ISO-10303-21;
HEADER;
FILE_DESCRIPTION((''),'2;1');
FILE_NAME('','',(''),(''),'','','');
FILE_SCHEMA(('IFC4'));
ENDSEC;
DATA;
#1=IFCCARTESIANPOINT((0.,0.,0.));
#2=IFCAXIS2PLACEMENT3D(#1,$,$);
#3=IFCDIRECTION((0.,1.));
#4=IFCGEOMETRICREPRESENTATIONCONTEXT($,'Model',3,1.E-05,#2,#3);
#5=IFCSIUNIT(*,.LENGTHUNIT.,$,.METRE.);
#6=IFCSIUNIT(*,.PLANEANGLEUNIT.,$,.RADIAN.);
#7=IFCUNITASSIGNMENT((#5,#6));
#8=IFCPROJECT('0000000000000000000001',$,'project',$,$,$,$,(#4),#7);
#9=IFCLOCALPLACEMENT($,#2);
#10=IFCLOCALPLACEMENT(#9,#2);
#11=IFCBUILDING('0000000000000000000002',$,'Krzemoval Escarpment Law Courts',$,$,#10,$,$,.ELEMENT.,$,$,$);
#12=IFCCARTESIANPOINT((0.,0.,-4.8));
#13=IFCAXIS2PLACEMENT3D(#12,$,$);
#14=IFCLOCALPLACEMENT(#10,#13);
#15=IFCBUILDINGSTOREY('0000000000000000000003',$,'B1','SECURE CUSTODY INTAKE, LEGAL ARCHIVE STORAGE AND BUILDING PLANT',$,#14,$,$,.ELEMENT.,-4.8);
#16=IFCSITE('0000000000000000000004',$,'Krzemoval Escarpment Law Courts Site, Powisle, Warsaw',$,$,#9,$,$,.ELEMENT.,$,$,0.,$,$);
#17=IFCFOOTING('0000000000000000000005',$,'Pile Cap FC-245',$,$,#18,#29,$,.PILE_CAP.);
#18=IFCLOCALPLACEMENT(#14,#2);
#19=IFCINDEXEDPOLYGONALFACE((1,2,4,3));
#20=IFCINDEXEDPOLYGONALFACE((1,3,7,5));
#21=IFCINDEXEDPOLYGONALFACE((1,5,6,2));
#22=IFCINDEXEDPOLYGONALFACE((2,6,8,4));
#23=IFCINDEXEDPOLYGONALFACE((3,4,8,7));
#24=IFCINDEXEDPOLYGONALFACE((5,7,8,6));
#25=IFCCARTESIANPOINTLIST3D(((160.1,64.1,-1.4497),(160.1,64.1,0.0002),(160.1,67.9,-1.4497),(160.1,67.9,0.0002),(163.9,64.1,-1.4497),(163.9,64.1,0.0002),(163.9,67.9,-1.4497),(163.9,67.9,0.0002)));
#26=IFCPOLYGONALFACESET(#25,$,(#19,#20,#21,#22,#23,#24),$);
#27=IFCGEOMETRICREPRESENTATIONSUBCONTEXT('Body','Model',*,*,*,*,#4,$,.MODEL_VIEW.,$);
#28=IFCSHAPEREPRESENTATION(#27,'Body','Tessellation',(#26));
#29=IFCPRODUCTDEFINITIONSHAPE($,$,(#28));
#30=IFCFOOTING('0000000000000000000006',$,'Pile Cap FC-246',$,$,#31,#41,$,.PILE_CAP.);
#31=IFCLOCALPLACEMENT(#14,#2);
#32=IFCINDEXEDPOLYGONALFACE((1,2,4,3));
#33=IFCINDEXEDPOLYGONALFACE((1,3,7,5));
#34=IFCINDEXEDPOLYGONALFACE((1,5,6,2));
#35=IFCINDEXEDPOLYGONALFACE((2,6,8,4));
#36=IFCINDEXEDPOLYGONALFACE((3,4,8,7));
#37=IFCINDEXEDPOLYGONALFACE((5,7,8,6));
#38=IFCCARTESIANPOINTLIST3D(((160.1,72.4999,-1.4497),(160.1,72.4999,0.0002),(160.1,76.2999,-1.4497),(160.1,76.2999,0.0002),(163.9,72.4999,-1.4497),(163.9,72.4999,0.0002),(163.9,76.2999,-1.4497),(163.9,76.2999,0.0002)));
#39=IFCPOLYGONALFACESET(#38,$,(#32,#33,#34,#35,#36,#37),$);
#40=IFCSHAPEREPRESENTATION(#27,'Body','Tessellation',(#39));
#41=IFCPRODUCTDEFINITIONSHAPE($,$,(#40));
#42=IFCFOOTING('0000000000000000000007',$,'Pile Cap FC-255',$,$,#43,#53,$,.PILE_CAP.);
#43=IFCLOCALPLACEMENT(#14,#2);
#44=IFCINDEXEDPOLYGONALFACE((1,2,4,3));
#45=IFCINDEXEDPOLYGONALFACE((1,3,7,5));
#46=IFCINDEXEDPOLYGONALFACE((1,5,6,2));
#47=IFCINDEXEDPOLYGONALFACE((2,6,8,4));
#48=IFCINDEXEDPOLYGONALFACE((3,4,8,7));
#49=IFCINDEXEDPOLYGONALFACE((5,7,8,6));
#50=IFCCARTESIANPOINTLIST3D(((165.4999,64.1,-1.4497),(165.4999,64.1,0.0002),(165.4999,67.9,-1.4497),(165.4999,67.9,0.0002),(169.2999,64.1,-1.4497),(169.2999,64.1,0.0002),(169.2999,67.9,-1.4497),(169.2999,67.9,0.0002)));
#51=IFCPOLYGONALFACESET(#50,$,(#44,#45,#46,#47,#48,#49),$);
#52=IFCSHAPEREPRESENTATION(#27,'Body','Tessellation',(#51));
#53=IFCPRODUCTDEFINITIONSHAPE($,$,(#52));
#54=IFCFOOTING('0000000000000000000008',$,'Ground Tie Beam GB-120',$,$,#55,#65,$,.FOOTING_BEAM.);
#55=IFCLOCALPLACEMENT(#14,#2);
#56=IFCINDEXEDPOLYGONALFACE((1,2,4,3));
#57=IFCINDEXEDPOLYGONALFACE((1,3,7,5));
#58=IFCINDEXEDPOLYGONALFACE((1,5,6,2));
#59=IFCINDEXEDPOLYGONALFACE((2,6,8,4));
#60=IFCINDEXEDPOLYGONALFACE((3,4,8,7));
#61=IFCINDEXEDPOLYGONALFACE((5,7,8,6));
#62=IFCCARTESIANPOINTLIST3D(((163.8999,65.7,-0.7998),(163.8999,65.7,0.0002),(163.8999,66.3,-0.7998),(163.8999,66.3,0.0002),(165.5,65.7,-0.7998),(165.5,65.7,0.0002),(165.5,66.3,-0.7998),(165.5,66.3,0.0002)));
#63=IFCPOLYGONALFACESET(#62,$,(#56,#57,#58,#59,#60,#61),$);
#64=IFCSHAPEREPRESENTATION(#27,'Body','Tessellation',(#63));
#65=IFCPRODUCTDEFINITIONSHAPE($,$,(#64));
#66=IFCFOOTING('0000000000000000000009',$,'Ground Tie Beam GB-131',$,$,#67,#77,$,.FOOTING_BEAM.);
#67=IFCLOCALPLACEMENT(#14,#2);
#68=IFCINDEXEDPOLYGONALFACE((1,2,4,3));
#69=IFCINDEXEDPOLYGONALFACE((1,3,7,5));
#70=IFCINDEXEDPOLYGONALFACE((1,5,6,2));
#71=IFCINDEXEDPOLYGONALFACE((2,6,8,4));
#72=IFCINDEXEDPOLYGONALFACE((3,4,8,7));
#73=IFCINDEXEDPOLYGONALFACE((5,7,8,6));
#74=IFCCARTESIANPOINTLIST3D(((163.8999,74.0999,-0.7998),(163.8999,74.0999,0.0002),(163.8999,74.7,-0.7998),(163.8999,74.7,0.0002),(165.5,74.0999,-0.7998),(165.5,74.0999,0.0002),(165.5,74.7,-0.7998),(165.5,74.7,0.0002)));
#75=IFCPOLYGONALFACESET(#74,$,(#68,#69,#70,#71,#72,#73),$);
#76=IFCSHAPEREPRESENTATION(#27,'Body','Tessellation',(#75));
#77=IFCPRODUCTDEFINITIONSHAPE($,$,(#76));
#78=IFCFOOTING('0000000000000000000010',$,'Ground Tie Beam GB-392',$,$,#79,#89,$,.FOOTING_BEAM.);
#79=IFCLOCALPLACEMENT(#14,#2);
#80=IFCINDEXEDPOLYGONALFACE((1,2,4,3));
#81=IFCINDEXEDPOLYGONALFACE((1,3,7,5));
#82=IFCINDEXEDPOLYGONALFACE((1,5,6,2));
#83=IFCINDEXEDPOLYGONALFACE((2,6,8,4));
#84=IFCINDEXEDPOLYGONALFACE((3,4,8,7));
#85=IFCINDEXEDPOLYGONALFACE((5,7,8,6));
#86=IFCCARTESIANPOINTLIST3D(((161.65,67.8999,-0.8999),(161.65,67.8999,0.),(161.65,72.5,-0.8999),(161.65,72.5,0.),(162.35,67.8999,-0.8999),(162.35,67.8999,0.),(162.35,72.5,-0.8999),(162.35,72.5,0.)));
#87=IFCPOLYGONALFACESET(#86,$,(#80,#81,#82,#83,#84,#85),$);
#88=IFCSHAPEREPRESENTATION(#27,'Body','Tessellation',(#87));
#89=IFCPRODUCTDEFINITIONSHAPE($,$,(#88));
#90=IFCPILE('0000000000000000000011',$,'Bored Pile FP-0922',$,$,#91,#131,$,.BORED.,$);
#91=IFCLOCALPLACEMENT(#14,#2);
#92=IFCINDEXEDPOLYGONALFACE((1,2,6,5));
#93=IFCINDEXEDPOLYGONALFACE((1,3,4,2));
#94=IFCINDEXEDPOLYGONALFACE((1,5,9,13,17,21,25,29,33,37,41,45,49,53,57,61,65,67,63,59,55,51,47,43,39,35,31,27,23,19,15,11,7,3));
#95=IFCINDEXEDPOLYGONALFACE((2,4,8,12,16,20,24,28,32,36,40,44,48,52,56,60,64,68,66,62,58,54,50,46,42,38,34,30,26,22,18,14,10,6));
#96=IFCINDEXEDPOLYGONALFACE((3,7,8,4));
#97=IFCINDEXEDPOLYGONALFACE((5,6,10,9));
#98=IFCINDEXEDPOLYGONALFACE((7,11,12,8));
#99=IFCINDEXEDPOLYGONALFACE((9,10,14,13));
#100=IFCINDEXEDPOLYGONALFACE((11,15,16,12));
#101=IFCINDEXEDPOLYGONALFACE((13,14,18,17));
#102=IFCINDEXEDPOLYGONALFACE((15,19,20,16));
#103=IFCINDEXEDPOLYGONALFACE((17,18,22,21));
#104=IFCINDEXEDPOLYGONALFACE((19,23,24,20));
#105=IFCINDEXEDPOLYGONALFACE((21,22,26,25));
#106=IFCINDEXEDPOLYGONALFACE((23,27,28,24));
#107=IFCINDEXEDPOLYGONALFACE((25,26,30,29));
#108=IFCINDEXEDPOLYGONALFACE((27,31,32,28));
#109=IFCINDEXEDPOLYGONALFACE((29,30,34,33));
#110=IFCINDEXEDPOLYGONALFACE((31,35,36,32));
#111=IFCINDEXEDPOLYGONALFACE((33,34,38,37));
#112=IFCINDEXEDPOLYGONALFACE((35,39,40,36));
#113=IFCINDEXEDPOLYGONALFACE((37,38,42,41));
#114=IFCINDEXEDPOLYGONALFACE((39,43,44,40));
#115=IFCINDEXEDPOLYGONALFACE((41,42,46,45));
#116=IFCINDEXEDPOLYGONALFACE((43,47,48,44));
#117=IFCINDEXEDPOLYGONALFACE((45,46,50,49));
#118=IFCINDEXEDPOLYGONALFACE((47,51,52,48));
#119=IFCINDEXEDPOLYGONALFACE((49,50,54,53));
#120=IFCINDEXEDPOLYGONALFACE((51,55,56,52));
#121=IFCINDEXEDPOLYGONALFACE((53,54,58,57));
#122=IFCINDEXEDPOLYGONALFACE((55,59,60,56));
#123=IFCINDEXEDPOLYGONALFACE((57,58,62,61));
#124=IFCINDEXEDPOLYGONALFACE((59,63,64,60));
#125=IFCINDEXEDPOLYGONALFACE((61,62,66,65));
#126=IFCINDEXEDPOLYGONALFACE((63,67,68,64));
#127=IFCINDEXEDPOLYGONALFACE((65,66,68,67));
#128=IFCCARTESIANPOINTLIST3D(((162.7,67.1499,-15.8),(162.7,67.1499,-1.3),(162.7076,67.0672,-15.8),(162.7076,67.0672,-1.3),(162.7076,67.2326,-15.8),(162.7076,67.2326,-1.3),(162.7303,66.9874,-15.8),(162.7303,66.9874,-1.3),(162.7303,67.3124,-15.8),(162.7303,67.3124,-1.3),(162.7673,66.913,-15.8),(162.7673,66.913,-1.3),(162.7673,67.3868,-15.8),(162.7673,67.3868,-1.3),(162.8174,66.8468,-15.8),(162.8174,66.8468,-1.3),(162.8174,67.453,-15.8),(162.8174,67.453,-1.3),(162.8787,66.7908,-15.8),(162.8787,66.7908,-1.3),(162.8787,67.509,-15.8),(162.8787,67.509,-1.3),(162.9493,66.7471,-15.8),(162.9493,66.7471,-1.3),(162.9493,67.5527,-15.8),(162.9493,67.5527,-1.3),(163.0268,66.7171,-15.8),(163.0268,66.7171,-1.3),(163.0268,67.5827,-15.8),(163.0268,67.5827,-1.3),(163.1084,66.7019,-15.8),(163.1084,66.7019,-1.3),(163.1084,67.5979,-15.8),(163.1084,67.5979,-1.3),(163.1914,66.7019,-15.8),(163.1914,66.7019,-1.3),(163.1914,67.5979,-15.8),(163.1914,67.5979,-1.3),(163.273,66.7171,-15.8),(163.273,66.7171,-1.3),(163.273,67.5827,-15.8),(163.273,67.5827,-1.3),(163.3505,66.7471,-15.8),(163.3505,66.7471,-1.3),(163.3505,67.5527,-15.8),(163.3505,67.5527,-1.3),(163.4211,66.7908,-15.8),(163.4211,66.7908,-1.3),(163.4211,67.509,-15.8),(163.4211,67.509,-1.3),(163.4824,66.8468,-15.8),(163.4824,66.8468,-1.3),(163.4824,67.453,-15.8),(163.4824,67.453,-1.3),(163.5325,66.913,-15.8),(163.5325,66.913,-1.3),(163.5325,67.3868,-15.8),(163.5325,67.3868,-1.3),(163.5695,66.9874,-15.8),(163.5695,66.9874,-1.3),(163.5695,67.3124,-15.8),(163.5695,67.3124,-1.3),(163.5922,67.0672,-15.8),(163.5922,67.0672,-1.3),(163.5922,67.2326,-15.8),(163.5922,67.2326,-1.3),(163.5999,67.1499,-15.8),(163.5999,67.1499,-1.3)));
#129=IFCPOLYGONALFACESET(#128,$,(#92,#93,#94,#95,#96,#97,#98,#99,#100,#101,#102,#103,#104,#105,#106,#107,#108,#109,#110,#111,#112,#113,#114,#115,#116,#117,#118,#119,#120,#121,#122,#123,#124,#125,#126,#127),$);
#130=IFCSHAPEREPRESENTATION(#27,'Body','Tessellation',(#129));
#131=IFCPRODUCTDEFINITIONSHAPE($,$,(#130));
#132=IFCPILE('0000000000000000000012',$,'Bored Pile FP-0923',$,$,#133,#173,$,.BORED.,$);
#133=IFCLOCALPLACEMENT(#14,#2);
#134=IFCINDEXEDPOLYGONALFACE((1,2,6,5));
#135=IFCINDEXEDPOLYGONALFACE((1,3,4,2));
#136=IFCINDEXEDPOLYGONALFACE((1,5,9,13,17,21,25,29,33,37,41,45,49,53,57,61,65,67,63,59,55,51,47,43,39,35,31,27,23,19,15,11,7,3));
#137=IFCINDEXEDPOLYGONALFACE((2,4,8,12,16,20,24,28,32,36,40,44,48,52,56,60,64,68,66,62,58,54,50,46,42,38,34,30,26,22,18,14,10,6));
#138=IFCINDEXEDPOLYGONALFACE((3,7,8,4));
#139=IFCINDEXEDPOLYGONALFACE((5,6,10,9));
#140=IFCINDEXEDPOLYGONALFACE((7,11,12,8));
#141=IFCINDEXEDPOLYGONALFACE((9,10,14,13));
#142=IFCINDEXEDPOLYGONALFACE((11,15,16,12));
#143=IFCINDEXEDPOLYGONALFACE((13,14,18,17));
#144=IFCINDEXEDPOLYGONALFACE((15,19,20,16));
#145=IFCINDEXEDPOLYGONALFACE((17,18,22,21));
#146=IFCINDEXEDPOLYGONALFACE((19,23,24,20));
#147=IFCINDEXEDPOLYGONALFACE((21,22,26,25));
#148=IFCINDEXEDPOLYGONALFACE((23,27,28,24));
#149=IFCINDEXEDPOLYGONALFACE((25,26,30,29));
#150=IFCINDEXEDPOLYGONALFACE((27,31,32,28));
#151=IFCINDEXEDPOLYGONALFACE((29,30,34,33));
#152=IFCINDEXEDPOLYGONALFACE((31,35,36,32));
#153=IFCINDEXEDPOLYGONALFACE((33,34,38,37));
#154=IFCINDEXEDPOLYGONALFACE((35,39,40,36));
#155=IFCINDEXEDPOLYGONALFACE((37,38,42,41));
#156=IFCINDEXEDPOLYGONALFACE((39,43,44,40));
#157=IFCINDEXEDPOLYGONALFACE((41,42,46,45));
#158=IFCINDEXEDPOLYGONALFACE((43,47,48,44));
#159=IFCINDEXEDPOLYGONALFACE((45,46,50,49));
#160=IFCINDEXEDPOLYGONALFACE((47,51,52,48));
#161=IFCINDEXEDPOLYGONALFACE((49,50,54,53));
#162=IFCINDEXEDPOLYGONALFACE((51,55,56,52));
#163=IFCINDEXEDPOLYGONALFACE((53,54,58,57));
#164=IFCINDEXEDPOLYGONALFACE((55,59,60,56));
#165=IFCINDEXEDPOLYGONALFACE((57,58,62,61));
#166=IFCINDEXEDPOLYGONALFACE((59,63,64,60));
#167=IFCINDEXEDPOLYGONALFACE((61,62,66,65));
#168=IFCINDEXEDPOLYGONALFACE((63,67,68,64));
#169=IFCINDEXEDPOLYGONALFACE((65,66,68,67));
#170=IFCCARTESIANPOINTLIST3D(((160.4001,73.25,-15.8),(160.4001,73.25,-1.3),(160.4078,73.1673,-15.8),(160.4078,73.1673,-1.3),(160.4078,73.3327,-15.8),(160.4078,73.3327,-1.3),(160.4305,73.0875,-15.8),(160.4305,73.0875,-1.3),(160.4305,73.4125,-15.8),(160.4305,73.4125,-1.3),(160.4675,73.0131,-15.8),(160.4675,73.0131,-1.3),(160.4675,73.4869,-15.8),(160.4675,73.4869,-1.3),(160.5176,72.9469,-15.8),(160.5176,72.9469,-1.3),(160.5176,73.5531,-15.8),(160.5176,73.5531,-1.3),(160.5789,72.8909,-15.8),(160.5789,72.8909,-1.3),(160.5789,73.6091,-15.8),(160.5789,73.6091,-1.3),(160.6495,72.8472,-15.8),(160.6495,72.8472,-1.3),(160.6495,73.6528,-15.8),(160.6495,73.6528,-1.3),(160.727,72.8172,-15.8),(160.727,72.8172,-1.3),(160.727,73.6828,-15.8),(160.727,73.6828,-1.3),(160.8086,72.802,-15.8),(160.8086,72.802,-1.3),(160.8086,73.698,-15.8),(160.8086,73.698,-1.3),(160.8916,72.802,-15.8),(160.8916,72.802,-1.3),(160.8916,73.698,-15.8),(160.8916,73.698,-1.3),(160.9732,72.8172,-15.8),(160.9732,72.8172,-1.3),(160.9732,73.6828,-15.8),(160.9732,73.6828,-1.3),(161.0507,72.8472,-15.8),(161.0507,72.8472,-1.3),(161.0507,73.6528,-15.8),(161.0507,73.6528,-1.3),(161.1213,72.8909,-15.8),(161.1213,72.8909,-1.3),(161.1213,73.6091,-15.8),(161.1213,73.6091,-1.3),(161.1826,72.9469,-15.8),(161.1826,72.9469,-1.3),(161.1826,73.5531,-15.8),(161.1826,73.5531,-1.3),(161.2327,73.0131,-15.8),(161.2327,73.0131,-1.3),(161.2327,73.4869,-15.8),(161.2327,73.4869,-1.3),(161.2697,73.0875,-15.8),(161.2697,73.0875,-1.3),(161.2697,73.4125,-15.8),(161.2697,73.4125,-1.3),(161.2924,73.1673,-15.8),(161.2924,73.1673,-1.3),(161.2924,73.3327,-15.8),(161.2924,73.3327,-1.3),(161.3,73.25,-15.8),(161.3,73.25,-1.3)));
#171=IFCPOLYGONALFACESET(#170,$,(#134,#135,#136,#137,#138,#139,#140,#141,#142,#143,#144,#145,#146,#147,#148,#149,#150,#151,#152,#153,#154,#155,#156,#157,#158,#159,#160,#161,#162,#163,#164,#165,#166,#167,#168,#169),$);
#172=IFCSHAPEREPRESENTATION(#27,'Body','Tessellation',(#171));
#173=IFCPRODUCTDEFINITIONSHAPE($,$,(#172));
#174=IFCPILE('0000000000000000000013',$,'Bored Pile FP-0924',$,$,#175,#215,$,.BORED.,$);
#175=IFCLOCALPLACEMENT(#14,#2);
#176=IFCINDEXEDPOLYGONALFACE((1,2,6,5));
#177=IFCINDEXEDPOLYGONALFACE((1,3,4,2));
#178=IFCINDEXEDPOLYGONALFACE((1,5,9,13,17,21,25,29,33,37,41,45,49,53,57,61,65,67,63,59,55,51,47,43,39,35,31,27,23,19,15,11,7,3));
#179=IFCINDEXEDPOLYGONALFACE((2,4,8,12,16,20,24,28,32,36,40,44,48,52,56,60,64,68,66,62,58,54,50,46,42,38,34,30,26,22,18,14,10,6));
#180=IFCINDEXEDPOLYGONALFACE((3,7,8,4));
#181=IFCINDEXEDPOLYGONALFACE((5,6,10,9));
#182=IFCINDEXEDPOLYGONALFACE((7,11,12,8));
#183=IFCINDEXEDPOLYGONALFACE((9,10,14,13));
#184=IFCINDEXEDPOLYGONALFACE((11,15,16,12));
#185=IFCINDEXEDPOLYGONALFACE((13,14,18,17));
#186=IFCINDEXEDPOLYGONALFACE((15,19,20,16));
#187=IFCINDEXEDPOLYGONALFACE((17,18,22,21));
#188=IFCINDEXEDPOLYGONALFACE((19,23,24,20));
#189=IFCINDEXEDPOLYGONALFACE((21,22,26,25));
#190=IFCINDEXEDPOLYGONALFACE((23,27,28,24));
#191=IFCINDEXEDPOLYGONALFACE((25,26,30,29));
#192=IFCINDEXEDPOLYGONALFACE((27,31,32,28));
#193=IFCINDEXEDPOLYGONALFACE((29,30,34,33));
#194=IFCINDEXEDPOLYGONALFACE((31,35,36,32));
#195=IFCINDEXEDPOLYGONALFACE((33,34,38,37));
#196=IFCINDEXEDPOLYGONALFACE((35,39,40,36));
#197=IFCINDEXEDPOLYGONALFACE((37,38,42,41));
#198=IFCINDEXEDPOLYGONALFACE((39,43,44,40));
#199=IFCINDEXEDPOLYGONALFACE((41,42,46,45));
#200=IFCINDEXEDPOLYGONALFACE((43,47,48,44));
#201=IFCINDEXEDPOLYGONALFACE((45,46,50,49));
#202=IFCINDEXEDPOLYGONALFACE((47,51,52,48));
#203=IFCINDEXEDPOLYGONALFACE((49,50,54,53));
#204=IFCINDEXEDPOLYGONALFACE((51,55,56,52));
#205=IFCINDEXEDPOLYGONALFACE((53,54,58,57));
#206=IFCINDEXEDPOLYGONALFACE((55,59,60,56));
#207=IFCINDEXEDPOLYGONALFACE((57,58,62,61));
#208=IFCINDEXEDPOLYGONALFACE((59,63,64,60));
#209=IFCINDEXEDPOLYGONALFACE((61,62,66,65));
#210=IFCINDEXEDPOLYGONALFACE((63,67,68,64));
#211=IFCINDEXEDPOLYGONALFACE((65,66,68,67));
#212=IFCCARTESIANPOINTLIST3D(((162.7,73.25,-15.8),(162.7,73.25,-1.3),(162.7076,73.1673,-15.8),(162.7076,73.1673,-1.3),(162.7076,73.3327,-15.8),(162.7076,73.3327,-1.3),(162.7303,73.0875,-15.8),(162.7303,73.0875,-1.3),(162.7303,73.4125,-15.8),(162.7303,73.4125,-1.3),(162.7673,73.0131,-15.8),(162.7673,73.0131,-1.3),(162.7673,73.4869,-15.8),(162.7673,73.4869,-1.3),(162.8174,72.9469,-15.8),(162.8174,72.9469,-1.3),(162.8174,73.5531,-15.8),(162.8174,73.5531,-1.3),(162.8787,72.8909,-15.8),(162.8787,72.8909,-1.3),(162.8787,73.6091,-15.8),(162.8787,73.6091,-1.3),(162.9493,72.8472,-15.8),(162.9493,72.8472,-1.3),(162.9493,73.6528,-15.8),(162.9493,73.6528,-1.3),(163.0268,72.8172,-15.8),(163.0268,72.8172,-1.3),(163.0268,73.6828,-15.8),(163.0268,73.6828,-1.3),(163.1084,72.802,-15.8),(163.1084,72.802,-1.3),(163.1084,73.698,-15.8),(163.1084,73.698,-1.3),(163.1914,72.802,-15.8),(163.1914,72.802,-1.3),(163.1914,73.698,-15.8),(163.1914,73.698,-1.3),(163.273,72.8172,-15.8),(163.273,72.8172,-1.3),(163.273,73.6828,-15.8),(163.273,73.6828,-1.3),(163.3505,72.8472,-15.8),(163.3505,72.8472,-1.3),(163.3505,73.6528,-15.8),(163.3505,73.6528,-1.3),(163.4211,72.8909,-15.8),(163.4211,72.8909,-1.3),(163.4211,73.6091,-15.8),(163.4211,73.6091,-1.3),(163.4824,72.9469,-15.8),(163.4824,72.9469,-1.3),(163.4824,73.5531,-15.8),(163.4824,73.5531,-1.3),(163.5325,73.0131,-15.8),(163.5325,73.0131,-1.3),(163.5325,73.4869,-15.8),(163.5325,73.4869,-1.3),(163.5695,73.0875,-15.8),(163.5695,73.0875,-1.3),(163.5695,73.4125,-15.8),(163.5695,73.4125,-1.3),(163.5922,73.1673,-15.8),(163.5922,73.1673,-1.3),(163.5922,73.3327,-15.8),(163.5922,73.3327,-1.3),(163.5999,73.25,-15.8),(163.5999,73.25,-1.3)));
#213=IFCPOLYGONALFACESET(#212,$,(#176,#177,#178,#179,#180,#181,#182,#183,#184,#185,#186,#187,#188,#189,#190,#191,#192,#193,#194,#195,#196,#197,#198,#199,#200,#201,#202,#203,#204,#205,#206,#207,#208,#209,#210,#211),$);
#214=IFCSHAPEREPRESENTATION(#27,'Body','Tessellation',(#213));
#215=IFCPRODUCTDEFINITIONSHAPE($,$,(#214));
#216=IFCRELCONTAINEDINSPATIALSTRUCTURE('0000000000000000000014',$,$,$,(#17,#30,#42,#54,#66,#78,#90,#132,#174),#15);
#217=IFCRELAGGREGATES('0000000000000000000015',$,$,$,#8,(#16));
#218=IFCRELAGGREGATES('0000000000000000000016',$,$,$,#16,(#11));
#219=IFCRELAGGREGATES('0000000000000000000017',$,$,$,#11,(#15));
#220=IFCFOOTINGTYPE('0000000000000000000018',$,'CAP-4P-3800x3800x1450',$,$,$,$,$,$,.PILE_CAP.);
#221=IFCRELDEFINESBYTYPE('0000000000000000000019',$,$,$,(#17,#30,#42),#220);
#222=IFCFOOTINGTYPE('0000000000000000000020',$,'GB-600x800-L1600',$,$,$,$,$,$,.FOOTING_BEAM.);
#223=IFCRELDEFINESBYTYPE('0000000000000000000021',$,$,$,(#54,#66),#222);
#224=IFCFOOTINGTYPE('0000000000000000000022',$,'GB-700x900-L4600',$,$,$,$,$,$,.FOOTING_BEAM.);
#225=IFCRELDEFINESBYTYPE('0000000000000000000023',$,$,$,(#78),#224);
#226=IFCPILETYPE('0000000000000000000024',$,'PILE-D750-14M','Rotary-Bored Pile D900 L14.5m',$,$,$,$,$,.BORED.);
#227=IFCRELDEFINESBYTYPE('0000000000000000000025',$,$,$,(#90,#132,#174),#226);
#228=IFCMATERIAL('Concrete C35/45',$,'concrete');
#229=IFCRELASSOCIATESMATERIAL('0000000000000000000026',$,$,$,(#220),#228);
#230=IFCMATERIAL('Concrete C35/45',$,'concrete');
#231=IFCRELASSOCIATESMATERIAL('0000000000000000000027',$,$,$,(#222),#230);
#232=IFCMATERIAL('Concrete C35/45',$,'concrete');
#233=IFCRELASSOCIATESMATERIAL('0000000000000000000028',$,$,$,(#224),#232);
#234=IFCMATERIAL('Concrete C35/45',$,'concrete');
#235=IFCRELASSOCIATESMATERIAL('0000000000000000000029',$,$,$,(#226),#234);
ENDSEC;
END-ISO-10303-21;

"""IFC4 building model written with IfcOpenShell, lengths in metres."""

from ifc_helpers import new_model, si_unit, direction, frame, origin, origin_2d, place, context, subcontext, project, spatial, rectangle, circle, extrude, material, material_profile, profile_set, type_object, element, save


model = new_model("IFC4")

# Units and contexts
model_context = context("Model", 3, precision=1e-05, world=origin(), true_north=direction((0.0, 1.0)))
body_context = subcontext(model_context, "Body", "Model", "MODEL_VIEW")
ifc_project = project(units=[si_unit("LENGTHUNIT", "METRE"), si_unit("PLANEANGLEUNIT", "RADIAN")], contexts=[model_context])

# Site, building, storey
site_placement = place(None, origin())
site = spatial("IfcSite", under=ifc_project, at=site_placement, Name="Krzemoval Escarpment Law Courts Site, Powisle, Warsaw", CompositionType="ELEMENT", RefElevation=0.0)
building_placement = place(site_placement, origin())
building = spatial("IfcBuilding", under=site, at=building_placement, Name="Krzemoval Escarpment Law Courts", CompositionType="ELEMENT")
storey_placement = place(building_placement, frame((0.0, 0.0, -4.8)))
storey = spatial("IfcBuildingStorey", under=building, at=storey_placement, Name="B1", Description="SECURE CUSTODY INTAKE, LEGAL ARCHIVE STORAGE AND BUILDING PLANT", CompositionType="ELEMENT", Elevation=-4.8)

# Footings
ifc_material_1 = material(Name="Concrete C35/45", Category="concrete")
footing_type_1 = type_object("IfcFootingType", Name="CAP-4P-3800x3800x1450", PredefinedType="PILE_CAP", material=ifc_material_1)
for number, where, z_axis, x_axis, name in (
    (1, (162.0, 66.0, -1.4497), (0.0, 0.0, 1.0), (1.0, 0.0, 0.0), "Pile Cap FC-245"),
    (2, (162.0, 74.3999, -1.4497), (0.0, 0.0, 1.0), (1.0, 0.0, 0.0), "Pile Cap FC-246"),
    (3, (167.3999, 66.0, -1.4497), (0.0, 0.0, 1.0), (1.0, 0.0, 0.0), "Pile Cap FC-255"),
):
    element("IfcFooting", number, at=place(storey_placement, frame(where, z_axis=z_axis, x_axis=x_axis)), inside=storey, type_object=footing_type_1, Name=name, PredefinedType="PILE_CAP", context=body_context, shape_type="SweptSolid", body=[
        extrude(rectangle(XDim=3.8, YDim=3.8, at=origin_2d()), origin(), (0.0, 0.0, 1.0), 1.45),
    ])
ifc_material_2 = material(Name="Concrete C35/45", Category="concrete")
footing_type_2 = type_object("IfcFootingType", Name="GB-600x800-L1600", PredefinedType="FOOTING_BEAM", material=ifc_material_2)
for number, where, z_axis, x_axis, name in (
    (4, (164.7, 66.0, -0.7998), (0.0, 0.0, 1.0), (1.0, 0.0, 0.0), "Ground Tie Beam GB-120"),
    (5, (164.7, 74.3999, -0.7998), (0.0, 0.0, 1.0), (1.0, 0.0, 0.0), "Ground Tie Beam GB-131"),
):
    element("IfcFooting", number, at=place(storey_placement, frame(where, z_axis=z_axis, x_axis=x_axis)), inside=storey, type_object=footing_type_2, Name=name, PredefinedType="FOOTING_BEAM", context=body_context, shape_type="SweptSolid", body=[
        extrude(rectangle(XDim=1.6001, YDim=0.6001, at=origin_2d()), origin(), (0.0, 0.0, 1.0), 0.8),
    ])
ifc_material_3 = material(Name="Concrete C35/45", Category="concrete")
footing_type_3 = type_object("IfcFootingType", Name="GB-700x900-L4600", PredefinedType="FOOTING_BEAM", material=ifc_material_3)
footing_placement = place(storey_placement, frame((162.0, 70.2, -0.8999), z_axis=(0.0, 0.0, 1.0), x_axis=(0.0, 1.0, 0.0)))
element("IfcFooting", 6, at=footing_placement, inside=storey, type_object=footing_type_3, Name="Ground Tie Beam GB-392", PredefinedType="FOOTING_BEAM", context=body_context, shape_type="SweptSolid", body=[
    extrude(rectangle(XDim=4.6001, YDim=0.7, at=origin_2d()), origin(), (0.0, 0.0, 1.0), 0.8999),
])

# Piles
ifc_material_4 = material(Name="Concrete C35/45", Category="concrete")
ifc_material_profile_1 = material_profile(ifc_material_4, circle(Radius=0.45, at=origin_2d()), Name="PILE D900")
ifc_profile_set_1 = profile_set([ifc_material_profile_1], Name="Concrete C35/45")
pile_type = type_object("IfcPileType", Name="PILE-D750-14M", Description="Rotary-Bored Pile D900 L14.5m", PredefinedType="BORED", material=ifc_profile_set_1)
for number, where, z_axis, x_axis, name in (
    (7, (163.1499, 67.1499, -1.3), (0.0, 0.0, -1.0), (1.0, 0.0, 0.0), "Bored Pile FP-0922"),
    (8, (160.8501, 73.25, -1.3), (0.0, 0.0, -1.0), (1.0, 0.0, 0.0), "Bored Pile FP-0923"),
    (9, (163.1499, 73.25, -1.3), (0.0, 0.0, -1.0), (1.0, 0.0, 0.0), "Bored Pile FP-0924"),
):
    element("IfcPile", number, at=place(storey_placement, frame(where, z_axis=z_axis, x_axis=x_axis)), inside=storey, type_object=pile_type, Name=name, PredefinedType="BORED", context=body_context, shape_type="SweptSolid", body=[
        extrude(circle(Radius=0.45, at=origin_2d()), origin(), (0.0, 0.0, 1.0), 14.5),
    ])

save(model, "model.ifc")
